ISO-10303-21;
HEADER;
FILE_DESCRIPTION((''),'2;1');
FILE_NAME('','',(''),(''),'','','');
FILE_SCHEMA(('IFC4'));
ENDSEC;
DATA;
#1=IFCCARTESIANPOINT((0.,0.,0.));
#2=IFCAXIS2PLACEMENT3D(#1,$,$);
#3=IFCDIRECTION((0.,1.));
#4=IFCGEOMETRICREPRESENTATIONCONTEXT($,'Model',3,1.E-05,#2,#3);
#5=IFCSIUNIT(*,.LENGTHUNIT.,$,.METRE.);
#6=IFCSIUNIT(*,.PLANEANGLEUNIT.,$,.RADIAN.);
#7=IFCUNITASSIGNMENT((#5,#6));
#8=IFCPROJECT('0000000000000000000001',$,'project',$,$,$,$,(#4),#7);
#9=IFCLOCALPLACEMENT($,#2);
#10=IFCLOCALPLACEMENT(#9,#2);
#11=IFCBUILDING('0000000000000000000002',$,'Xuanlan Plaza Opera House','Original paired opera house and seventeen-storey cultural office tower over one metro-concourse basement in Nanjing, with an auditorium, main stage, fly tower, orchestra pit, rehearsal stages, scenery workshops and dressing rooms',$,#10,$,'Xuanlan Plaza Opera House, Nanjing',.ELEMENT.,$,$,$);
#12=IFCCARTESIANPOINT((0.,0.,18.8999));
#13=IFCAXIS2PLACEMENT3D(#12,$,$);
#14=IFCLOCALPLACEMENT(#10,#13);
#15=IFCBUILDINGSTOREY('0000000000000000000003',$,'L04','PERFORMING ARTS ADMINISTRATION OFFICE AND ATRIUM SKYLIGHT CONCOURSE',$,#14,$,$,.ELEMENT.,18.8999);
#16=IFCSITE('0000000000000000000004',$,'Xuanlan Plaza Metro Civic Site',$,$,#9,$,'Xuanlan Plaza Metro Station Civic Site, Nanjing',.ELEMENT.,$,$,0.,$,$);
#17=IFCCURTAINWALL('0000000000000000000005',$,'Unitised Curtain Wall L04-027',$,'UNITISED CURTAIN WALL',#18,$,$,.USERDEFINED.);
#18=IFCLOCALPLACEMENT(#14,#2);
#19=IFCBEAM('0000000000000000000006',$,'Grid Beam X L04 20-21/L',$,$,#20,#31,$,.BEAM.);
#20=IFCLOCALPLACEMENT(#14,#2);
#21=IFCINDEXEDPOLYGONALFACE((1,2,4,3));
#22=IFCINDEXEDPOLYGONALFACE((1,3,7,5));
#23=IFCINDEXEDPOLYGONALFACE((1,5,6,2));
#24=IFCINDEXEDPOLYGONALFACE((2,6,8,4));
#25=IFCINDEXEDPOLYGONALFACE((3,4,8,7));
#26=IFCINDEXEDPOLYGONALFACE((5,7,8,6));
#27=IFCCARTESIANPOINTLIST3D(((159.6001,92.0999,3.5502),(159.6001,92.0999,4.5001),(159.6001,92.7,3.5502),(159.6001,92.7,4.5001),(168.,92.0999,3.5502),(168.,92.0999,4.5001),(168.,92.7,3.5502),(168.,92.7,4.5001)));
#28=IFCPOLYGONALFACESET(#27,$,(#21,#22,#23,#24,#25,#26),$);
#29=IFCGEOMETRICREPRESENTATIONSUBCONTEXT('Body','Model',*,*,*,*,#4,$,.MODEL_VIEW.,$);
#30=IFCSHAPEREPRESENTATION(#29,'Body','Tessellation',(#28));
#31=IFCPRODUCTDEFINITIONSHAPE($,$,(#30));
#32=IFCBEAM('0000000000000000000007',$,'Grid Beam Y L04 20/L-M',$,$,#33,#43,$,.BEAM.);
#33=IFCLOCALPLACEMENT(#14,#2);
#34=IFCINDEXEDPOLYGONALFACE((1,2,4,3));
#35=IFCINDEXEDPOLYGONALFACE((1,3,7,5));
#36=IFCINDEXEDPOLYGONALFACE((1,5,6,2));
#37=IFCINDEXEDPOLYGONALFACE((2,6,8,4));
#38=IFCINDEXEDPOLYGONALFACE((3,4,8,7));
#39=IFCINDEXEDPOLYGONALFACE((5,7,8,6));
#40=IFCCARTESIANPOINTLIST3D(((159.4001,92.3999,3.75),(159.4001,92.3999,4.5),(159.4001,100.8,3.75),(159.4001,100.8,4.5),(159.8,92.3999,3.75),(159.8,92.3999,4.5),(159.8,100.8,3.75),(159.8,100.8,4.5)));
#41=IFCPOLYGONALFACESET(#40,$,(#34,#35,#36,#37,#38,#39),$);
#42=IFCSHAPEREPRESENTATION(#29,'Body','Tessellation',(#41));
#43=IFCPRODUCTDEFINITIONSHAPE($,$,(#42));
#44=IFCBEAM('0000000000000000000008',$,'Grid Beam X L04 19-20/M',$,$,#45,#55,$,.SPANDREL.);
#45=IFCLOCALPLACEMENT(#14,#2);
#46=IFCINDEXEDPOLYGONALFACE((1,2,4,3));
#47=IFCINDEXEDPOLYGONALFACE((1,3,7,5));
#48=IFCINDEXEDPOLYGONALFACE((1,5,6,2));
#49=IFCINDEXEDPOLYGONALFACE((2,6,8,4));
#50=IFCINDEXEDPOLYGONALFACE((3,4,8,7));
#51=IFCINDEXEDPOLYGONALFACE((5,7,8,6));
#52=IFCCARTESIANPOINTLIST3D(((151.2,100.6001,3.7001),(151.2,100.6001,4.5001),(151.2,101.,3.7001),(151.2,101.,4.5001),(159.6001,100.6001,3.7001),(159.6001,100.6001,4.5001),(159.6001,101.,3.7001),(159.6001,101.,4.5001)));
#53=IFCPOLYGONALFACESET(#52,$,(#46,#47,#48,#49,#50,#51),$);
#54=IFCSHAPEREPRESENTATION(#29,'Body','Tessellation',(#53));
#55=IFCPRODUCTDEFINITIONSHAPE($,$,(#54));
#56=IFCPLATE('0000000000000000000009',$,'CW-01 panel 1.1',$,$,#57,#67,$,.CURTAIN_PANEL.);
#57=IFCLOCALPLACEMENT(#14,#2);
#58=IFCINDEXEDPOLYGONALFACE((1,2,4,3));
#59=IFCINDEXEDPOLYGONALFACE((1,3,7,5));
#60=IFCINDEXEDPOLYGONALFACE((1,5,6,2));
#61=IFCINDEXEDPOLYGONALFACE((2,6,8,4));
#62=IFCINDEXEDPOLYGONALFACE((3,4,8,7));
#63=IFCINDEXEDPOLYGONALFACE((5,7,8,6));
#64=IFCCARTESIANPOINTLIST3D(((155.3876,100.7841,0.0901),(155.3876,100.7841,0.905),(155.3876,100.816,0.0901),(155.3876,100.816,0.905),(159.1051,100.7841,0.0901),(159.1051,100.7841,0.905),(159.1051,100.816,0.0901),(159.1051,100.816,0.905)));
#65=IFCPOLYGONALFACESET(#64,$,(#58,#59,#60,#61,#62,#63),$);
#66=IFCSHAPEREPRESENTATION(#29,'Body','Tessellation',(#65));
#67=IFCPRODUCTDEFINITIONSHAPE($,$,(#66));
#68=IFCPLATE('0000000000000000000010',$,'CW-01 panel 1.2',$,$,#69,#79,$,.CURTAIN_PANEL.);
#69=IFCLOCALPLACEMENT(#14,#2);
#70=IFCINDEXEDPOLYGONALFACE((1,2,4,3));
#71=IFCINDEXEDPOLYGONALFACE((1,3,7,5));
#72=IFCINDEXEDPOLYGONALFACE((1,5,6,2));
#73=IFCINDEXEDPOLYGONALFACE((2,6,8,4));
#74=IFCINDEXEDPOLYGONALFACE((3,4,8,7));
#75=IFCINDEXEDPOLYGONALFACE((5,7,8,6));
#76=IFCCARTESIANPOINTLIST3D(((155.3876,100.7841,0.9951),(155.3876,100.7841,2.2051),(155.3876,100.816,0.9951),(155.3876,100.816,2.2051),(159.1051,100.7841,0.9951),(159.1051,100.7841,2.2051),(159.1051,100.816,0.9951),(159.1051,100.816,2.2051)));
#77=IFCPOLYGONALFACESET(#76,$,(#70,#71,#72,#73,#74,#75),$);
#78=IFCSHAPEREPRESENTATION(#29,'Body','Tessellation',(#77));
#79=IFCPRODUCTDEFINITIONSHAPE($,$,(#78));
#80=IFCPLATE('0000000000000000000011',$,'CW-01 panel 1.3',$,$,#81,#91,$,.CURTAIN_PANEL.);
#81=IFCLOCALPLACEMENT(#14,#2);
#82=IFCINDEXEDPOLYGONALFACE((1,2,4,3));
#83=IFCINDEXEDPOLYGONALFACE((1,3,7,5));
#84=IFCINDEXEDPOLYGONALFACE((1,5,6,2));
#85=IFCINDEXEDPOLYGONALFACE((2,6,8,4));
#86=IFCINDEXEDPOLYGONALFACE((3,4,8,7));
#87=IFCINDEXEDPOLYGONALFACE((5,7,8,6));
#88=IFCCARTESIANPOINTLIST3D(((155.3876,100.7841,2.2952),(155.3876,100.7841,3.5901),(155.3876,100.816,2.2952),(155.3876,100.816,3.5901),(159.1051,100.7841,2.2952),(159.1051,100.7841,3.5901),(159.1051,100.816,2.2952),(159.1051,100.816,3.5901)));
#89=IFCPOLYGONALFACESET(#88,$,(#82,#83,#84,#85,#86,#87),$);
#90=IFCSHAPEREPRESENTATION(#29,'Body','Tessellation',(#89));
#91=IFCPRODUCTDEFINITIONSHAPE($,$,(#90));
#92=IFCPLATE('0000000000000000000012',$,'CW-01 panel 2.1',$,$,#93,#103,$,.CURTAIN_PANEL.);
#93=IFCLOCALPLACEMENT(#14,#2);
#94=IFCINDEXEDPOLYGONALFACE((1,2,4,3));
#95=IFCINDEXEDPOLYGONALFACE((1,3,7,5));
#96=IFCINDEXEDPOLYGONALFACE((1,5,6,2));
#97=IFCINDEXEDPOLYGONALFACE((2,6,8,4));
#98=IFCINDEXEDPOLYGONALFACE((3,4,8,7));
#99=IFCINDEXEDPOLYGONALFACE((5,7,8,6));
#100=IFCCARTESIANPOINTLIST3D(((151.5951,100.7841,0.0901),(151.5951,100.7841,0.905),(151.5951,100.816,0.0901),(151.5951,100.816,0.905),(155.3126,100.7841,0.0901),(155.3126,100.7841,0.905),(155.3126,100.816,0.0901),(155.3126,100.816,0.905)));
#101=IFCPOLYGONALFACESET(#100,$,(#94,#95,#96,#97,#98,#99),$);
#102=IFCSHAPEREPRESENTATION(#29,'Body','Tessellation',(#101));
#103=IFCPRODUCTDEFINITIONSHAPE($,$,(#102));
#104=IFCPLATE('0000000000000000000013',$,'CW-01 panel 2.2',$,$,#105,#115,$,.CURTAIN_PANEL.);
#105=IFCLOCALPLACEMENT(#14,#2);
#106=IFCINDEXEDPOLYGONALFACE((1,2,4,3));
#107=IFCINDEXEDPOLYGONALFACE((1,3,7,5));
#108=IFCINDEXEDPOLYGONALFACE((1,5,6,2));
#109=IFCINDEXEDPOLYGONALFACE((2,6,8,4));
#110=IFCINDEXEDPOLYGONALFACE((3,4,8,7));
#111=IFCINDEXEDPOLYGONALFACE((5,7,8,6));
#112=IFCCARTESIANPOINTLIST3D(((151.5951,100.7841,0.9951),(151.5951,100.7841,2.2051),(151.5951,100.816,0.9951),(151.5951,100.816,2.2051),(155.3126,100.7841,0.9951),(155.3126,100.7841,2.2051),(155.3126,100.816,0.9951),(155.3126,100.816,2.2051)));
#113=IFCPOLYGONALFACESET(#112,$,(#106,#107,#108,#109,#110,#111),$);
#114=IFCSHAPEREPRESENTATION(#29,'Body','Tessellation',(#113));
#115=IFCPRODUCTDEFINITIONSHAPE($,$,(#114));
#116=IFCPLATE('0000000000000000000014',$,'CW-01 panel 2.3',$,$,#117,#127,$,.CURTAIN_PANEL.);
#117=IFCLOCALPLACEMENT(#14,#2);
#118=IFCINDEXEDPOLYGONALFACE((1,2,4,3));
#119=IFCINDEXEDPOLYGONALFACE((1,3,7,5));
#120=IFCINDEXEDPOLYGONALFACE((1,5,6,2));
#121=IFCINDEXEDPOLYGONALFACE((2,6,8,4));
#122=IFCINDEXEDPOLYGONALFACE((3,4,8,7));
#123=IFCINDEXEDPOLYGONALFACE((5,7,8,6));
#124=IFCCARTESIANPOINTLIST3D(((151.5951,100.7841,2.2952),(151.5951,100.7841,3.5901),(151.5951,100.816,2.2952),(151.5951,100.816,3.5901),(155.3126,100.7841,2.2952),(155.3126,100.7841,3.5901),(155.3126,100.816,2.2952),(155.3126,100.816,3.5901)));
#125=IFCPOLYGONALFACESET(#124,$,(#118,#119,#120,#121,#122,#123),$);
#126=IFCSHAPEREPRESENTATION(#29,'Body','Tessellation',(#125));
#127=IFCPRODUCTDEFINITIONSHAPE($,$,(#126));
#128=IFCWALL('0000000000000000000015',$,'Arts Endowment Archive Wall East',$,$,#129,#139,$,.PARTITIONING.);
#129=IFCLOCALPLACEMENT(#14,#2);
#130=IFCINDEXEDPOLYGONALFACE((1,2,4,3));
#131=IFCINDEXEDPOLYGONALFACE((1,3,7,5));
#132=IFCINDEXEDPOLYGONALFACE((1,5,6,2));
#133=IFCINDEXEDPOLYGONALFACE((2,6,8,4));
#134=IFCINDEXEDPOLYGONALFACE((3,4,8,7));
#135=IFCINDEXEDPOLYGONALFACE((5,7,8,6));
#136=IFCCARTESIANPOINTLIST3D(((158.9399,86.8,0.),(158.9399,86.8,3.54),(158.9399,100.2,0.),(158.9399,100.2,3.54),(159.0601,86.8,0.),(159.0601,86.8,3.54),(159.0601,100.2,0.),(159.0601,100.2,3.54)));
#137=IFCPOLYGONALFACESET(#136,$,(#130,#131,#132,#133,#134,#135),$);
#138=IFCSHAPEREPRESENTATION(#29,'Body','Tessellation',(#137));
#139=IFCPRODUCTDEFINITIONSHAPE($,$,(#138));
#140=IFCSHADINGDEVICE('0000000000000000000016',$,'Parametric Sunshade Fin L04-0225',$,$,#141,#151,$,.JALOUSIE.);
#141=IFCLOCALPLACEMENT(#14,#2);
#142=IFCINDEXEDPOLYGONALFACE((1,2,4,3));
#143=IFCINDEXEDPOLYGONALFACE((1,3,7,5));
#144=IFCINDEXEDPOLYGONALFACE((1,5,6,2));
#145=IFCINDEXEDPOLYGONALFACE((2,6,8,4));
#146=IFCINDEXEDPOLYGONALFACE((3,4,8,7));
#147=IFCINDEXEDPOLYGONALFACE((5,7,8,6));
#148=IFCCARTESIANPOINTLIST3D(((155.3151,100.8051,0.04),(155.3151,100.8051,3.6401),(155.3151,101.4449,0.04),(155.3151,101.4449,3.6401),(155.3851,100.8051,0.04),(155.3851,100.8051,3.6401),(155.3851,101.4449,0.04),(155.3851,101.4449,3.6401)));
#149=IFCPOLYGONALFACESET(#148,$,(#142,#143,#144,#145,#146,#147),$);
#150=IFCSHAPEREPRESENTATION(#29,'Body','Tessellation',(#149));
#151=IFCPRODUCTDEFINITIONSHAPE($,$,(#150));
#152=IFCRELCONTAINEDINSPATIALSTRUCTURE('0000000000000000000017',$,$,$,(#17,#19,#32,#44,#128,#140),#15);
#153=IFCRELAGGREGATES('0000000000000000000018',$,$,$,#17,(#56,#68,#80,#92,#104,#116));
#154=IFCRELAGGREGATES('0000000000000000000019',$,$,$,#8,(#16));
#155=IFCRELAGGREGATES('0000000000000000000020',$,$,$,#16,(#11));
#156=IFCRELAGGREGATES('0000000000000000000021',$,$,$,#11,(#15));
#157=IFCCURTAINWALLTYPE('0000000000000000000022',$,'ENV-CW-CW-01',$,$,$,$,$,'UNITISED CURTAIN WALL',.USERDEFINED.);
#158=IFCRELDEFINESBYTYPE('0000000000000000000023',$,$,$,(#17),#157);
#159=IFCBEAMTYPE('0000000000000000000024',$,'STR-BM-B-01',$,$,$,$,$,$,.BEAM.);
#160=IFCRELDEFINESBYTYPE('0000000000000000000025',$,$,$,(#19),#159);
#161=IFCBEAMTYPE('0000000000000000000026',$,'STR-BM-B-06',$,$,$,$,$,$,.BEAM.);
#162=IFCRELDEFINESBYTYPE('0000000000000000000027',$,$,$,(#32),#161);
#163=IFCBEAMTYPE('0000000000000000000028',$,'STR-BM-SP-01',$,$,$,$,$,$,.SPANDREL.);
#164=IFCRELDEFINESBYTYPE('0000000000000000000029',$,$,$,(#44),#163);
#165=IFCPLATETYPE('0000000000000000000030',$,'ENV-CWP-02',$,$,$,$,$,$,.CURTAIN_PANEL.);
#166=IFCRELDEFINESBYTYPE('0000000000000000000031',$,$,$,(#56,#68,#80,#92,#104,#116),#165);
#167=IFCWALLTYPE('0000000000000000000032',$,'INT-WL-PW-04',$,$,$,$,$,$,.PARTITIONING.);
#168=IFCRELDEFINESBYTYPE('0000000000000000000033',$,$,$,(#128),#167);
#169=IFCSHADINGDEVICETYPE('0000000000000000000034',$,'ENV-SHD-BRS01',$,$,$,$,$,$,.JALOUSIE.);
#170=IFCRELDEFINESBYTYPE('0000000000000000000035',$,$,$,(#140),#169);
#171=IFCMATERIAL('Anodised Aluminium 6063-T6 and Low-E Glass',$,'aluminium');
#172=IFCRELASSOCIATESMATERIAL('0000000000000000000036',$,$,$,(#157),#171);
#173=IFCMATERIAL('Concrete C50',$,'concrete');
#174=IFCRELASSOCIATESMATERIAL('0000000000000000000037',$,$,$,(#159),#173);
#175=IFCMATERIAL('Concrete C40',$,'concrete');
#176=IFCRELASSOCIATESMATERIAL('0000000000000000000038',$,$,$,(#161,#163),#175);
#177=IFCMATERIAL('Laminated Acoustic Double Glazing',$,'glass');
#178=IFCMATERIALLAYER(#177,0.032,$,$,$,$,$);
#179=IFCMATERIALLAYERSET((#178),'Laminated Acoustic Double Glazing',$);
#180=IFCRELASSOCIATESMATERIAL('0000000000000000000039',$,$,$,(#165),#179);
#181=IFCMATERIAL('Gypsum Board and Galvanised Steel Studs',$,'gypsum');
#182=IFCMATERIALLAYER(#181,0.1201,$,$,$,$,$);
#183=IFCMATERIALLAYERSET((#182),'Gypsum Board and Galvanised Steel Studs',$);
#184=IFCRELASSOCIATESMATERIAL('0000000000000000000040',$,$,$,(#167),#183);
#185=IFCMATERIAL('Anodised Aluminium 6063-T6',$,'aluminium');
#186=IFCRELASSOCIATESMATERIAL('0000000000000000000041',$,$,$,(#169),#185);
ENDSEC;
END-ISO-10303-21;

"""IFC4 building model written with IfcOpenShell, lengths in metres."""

from ifc_helpers import new_model, si_unit, direction, frame, frame_2d, origin, origin_2d, place, context, subcontext, project, spatial, rectangle, extrude, material, layer, layer_set, material_profile, profile_set, type_object, element, aggregate, save


model = new_model("IFC4")

# Units and contexts
model_context = context("Model", 3, precision=1e-05, world=origin(), true_north=direction((0.0, 1.0)))
body_context = subcontext(model_context, "Body", "Model", "MODEL_VIEW")
ifc_project = project(units=[si_unit("LENGTHUNIT", "METRE"), si_unit("PLANEANGLEUNIT", "RADIAN")], contexts=[model_context])

# Site, building, storey
site_placement = place(None, origin())
site = spatial("IfcSite", under=ifc_project, at=site_placement, Name="Xuanlan Plaza Metro Civic Site", LongName="Xuanlan Plaza Metro Station Civic Site, Nanjing", CompositionType="ELEMENT", RefElevation=0.0)
building_placement = place(site_placement, origin())
building = spatial("IfcBuilding", under=site, at=building_placement, Name="Xuanlan Plaza Opera House", Description="Original paired opera house and seventeen-storey cultural office tower over one metro-concourse basement in Nanjing, with an auditorium, main stage, fly tower, orchestra pit, rehearsal stages, scenery workshops and dressing rooms", LongName="Xuanlan Plaza Opera House, Nanjing", CompositionType="ELEMENT")
storey_placement = place(building_placement, frame((0.0, 0.0, 18.8999)))
storey = spatial("IfcBuildingStorey", under=building, at=storey_placement, Name="L04", Description="PERFORMING ARTS ADMINISTRATION OFFICE AND ATRIUM SKYLIGHT CONCOURSE", CompositionType="ELEMENT", Elevation=18.8999)

# Shared definitions
ifc_material_1 = material(Name="Concrete C40", Category="concrete")

# Curtain wall
ifc_material_2 = material(Name="Anodised Aluminium 6063-T6 and Low-E Glass", Category="aluminium")
curtain_wall_type = type_object("IfcCurtainWallType", Name="ENV-CW-CW-01", ElementType="UNITISED CURTAIN WALL", PredefinedType="USERDEFINED", material=ifc_material_2)
curtain_wall_placement = place(storey_placement, origin())
curtain_wall = element("IfcCurtainWall", 1, at=curtain_wall_placement, inside=storey, type_object=curtain_wall_type, Name="Unitised Curtain Wall L04-027", ObjectType="UNITISED CURTAIN WALL", PredefinedType="USERDEFINED")
ifc_material_3 = material(Name="Anodised Aluminium 6063-T6", Category="aluminium")

# Beams
ifc_material_4 = material(Name="Concrete C50", Category="concrete")
ifc_material_profile_1 = material_profile(ifc_material_4, rectangle(XDim=0.6001, YDim=0.95, at=origin_2d()), Name="RC-BM 600x950")
ifc_profile_set_1 = profile_set([ifc_material_profile_1], Name="Concrete C50")
beam_type_1 = type_object("IfcBeamType", Name="STR-BM-B-01", PredefinedType="BEAM", material=ifc_profile_set_1)
beam_1_placement = place(storey_placement, frame((159.6001, 92.3999, 4.0251), z_axis=(1.0, 0.0, 0.0), x_axis=(0.0, 1.0, 0.0)))
element("IfcBeam", 2, at=beam_1_placement, inside=storey, type_object=beam_type_1, Name="Grid Beam X L04 20-21/L", PredefinedType="BEAM", context=body_context, shape_type="SweptSolid", body=[
    extrude(rectangle(XDim=0.6001, YDim=0.95, at=origin_2d()), origin(), (0.0, 0.0, 1.0), 8.3999),
])
ifc_material_profile_2 = material_profile(ifc_material_1, rectangle(XDim=0.3999, YDim=0.75, at=origin_2d()), Name="RC-BM 400x750")
ifc_profile_set_2 = profile_set([ifc_material_profile_2], Name="Concrete C40")
beam_type_2 = type_object("IfcBeamType", Name="STR-BM-B-06", PredefinedType="BEAM", material=ifc_profile_set_2)
beam_2_placement = place(storey_placement, frame((159.6001, 92.3999, 4.125), z_axis=(0.0, 1.0, 0.0), x_axis=(-1.0, 0.0, 0.0)))
element("IfcBeam", 3, at=beam_2_placement, inside=storey, type_object=beam_type_2, Name="Grid Beam Y L04 20/L-M", PredefinedType="BEAM", context=body_context, shape_type="SweptSolid", body=[
    extrude(rectangle(XDim=0.3999, YDim=0.75, at=origin_2d()), origin(), (0.0, 0.0, 1.0), 8.4001),
])
ifc_material_profile_3 = material_profile(ifc_material_1, rectangle(XDim=0.3999, YDim=0.8, at=origin_2d()), Name="RC-SPD 400x800")
ifc_profile_set_3 = profile_set([ifc_material_profile_3], Name="Concrete C40")
beam_type_3 = type_object("IfcBeamType", Name="STR-BM-SP-01", PredefinedType="SPANDREL", material=ifc_profile_set_3)
beam_3_placement = place(storey_placement, frame((151.2, 100.8, 4.1001), z_axis=(1.0, 0.0, 0.0), x_axis=(0.0, 1.0, 0.0)))
element("IfcBeam", 4, at=beam_3_placement, inside=storey, type_object=beam_type_3, Name="Grid Beam X L04 19-20/M", PredefinedType="SPANDREL", context=body_context, shape_type="SweptSolid", body=[
    extrude(rectangle(XDim=0.3999, YDim=0.8, at=origin_2d()), origin(), (0.0, 0.0, 1.0), 8.4001),
])

# Plates
ifc_material_5 = material(Name="Laminated Acoustic Double Glazing", Category="glass")
ifc_layer_1 = layer(ifc_material_5, 0.032)
ifc_layer_set_1 = layer_set([ifc_layer_1], Name="Laminated Acoustic Double Glazing")
plate_type = type_object("IfcPlateType", Name="ENV-CWP-02", PredefinedType="CURTAIN_PANEL", material=ifc_layer_set_1)
plate_1_placement = place(storey_placement, frame((157.2463, 100.8, 0.0901), z_axis=(0.0, 0.0, 1.0), x_axis=(-1.0, 0.0, 0.0)))
plate_1 = element("IfcPlate", 5, at=plate_1_placement, type_object=plate_type, Name="CW-01 panel 1.1", PredefinedType="CURTAIN_PANEL", context=body_context, shape_type="SweptSolid", body=[
    extrude(rectangle(XDim=3.7175, YDim=0.032, at=origin_2d()), origin(), (0.0, 0.0, 1.0), 0.8149),
])
plate_2_placement = place(storey_placement, frame((157.2463, 100.8, 0.9951), z_axis=(0.0, 0.0, 1.0), x_axis=(-1.0, 0.0, 0.0)))
plate_2 = element("IfcPlate", 6, at=plate_2_placement, type_object=plate_type, Name="CW-01 panel 1.2", PredefinedType="CURTAIN_PANEL", context=body_context, shape_type="SweptSolid", body=[
    extrude(rectangle(XDim=3.7175, YDim=0.032, at=origin_2d()), origin(), (0.0, 0.0, 1.0), 1.21),
])
plate_3_placement = place(storey_placement, frame((157.2463, 100.8, 2.2952), z_axis=(0.0, 0.0, 1.0), x_axis=(-1.0, 0.0, 0.0)))
plate_3 = element("IfcPlate", 7, at=plate_3_placement, type_object=plate_type, Name="CW-01 panel 1.3", PredefinedType="CURTAIN_PANEL", context=body_context, shape_type="SweptSolid", body=[
    extrude(rectangle(XDim=3.7175, YDim=0.032, at=origin_2d()), origin(), (0.0, 0.0, 1.0), 1.2949),
])
plate_4_placement = place(storey_placement, frame((153.4539, 100.8, 0.0901), z_axis=(0.0, 0.0, 1.0), x_axis=(-1.0, 0.0, 0.0)))
plate_4 = element("IfcPlate", 8, at=plate_4_placement, type_object=plate_type, Name="CW-01 panel 2.1", PredefinedType="CURTAIN_PANEL", context=body_context, shape_type="SweptSolid", body=[
    extrude(rectangle(XDim=3.7175, YDim=0.032, at=origin_2d()), origin(), (0.0, 0.0, 1.0), 0.8149),
])
plate_5_placement = place(storey_placement, frame((153.4539, 100.8, 0.9951), z_axis=(0.0, 0.0, 1.0), x_axis=(-1.0, 0.0, 0.0)))
plate_5 = element("IfcPlate", 9, at=plate_5_placement, type_object=plate_type, Name="CW-01 panel 2.2", PredefinedType="CURTAIN_PANEL", context=body_context, shape_type="SweptSolid", body=[
    extrude(rectangle(XDim=3.7175, YDim=0.032, at=origin_2d()), origin(), (0.0, 0.0, 1.0), 1.21),
])
plate_6_placement = place(storey_placement, frame((153.4539, 100.8, 2.2952), z_axis=(0.0, 0.0, 1.0), x_axis=(-1.0, 0.0, 0.0)))
plate_6 = element("IfcPlate", 10, at=plate_6_placement, type_object=plate_type, Name="CW-01 panel 2.3", PredefinedType="CURTAIN_PANEL", context=body_context, shape_type="SweptSolid", body=[
    extrude(rectangle(XDim=3.7175, YDim=0.032, at=origin_2d()), origin(), (0.0, 0.0, 1.0), 1.2949),
])
aggregate(curtain_wall, [plate_1, plate_2, plate_3, plate_4, plate_5, plate_6])

# Wall
ifc_material_6 = material(Name="Gypsum Board and Galvanised Steel Studs", Category="gypsum")
ifc_layer_2 = layer(ifc_material_6, 0.1201)
ifc_layer_set_2 = layer_set([ifc_layer_2], Name="Gypsum Board and Galvanised Steel Studs")
wall_type = type_object("IfcWallType", Name="INT-WL-PW-04", PredefinedType="PARTITIONING", material=ifc_layer_set_2)
wall_placement = place(storey_placement, frame((159.0, 86.8, 0.0), z_axis=(0.0, 0.0, 1.0), x_axis=(0.0, 1.0, 0.0)))
element("IfcWall", 11, at=wall_placement, inside=storey, type_object=wall_type, Name="Arts Endowment Archive Wall East", PredefinedType="PARTITIONING", context=body_context, shape_type="SweptSolid", body=[
    extrude(rectangle(XDim=13.3999, YDim=0.1201, at=frame_2d((6.7, 0.0))), origin(), (0.0, 0.0, 1.0), 3.54),
])

# Shading device
shading_device_type = type_object("IfcShadingDeviceType", Name="ENV-SHD-BRS01", PredefinedType="JALOUSIE", material=ifc_material_3)
shading_device_placement = place(storey_placement, frame((155.3501, 101.125, 0.04), z_axis=(0.0, 0.0, 1.0), x_axis=(0.0, 1.0, 0.0)))
element("IfcShadingDevice", 12, at=shading_device_placement, inside=storey, type_object=shading_device_type, Name="Parametric Sunshade Fin L04-0225", PredefinedType="JALOUSIE", context=body_context, shape_type="SweptSolid", body=[
    extrude(rectangle(XDim=0.6399, YDim=0.0701, at=origin_2d()), origin(), (0.0, 0.0, 1.0), 3.6001),
])

save(model, "model.ifc")
